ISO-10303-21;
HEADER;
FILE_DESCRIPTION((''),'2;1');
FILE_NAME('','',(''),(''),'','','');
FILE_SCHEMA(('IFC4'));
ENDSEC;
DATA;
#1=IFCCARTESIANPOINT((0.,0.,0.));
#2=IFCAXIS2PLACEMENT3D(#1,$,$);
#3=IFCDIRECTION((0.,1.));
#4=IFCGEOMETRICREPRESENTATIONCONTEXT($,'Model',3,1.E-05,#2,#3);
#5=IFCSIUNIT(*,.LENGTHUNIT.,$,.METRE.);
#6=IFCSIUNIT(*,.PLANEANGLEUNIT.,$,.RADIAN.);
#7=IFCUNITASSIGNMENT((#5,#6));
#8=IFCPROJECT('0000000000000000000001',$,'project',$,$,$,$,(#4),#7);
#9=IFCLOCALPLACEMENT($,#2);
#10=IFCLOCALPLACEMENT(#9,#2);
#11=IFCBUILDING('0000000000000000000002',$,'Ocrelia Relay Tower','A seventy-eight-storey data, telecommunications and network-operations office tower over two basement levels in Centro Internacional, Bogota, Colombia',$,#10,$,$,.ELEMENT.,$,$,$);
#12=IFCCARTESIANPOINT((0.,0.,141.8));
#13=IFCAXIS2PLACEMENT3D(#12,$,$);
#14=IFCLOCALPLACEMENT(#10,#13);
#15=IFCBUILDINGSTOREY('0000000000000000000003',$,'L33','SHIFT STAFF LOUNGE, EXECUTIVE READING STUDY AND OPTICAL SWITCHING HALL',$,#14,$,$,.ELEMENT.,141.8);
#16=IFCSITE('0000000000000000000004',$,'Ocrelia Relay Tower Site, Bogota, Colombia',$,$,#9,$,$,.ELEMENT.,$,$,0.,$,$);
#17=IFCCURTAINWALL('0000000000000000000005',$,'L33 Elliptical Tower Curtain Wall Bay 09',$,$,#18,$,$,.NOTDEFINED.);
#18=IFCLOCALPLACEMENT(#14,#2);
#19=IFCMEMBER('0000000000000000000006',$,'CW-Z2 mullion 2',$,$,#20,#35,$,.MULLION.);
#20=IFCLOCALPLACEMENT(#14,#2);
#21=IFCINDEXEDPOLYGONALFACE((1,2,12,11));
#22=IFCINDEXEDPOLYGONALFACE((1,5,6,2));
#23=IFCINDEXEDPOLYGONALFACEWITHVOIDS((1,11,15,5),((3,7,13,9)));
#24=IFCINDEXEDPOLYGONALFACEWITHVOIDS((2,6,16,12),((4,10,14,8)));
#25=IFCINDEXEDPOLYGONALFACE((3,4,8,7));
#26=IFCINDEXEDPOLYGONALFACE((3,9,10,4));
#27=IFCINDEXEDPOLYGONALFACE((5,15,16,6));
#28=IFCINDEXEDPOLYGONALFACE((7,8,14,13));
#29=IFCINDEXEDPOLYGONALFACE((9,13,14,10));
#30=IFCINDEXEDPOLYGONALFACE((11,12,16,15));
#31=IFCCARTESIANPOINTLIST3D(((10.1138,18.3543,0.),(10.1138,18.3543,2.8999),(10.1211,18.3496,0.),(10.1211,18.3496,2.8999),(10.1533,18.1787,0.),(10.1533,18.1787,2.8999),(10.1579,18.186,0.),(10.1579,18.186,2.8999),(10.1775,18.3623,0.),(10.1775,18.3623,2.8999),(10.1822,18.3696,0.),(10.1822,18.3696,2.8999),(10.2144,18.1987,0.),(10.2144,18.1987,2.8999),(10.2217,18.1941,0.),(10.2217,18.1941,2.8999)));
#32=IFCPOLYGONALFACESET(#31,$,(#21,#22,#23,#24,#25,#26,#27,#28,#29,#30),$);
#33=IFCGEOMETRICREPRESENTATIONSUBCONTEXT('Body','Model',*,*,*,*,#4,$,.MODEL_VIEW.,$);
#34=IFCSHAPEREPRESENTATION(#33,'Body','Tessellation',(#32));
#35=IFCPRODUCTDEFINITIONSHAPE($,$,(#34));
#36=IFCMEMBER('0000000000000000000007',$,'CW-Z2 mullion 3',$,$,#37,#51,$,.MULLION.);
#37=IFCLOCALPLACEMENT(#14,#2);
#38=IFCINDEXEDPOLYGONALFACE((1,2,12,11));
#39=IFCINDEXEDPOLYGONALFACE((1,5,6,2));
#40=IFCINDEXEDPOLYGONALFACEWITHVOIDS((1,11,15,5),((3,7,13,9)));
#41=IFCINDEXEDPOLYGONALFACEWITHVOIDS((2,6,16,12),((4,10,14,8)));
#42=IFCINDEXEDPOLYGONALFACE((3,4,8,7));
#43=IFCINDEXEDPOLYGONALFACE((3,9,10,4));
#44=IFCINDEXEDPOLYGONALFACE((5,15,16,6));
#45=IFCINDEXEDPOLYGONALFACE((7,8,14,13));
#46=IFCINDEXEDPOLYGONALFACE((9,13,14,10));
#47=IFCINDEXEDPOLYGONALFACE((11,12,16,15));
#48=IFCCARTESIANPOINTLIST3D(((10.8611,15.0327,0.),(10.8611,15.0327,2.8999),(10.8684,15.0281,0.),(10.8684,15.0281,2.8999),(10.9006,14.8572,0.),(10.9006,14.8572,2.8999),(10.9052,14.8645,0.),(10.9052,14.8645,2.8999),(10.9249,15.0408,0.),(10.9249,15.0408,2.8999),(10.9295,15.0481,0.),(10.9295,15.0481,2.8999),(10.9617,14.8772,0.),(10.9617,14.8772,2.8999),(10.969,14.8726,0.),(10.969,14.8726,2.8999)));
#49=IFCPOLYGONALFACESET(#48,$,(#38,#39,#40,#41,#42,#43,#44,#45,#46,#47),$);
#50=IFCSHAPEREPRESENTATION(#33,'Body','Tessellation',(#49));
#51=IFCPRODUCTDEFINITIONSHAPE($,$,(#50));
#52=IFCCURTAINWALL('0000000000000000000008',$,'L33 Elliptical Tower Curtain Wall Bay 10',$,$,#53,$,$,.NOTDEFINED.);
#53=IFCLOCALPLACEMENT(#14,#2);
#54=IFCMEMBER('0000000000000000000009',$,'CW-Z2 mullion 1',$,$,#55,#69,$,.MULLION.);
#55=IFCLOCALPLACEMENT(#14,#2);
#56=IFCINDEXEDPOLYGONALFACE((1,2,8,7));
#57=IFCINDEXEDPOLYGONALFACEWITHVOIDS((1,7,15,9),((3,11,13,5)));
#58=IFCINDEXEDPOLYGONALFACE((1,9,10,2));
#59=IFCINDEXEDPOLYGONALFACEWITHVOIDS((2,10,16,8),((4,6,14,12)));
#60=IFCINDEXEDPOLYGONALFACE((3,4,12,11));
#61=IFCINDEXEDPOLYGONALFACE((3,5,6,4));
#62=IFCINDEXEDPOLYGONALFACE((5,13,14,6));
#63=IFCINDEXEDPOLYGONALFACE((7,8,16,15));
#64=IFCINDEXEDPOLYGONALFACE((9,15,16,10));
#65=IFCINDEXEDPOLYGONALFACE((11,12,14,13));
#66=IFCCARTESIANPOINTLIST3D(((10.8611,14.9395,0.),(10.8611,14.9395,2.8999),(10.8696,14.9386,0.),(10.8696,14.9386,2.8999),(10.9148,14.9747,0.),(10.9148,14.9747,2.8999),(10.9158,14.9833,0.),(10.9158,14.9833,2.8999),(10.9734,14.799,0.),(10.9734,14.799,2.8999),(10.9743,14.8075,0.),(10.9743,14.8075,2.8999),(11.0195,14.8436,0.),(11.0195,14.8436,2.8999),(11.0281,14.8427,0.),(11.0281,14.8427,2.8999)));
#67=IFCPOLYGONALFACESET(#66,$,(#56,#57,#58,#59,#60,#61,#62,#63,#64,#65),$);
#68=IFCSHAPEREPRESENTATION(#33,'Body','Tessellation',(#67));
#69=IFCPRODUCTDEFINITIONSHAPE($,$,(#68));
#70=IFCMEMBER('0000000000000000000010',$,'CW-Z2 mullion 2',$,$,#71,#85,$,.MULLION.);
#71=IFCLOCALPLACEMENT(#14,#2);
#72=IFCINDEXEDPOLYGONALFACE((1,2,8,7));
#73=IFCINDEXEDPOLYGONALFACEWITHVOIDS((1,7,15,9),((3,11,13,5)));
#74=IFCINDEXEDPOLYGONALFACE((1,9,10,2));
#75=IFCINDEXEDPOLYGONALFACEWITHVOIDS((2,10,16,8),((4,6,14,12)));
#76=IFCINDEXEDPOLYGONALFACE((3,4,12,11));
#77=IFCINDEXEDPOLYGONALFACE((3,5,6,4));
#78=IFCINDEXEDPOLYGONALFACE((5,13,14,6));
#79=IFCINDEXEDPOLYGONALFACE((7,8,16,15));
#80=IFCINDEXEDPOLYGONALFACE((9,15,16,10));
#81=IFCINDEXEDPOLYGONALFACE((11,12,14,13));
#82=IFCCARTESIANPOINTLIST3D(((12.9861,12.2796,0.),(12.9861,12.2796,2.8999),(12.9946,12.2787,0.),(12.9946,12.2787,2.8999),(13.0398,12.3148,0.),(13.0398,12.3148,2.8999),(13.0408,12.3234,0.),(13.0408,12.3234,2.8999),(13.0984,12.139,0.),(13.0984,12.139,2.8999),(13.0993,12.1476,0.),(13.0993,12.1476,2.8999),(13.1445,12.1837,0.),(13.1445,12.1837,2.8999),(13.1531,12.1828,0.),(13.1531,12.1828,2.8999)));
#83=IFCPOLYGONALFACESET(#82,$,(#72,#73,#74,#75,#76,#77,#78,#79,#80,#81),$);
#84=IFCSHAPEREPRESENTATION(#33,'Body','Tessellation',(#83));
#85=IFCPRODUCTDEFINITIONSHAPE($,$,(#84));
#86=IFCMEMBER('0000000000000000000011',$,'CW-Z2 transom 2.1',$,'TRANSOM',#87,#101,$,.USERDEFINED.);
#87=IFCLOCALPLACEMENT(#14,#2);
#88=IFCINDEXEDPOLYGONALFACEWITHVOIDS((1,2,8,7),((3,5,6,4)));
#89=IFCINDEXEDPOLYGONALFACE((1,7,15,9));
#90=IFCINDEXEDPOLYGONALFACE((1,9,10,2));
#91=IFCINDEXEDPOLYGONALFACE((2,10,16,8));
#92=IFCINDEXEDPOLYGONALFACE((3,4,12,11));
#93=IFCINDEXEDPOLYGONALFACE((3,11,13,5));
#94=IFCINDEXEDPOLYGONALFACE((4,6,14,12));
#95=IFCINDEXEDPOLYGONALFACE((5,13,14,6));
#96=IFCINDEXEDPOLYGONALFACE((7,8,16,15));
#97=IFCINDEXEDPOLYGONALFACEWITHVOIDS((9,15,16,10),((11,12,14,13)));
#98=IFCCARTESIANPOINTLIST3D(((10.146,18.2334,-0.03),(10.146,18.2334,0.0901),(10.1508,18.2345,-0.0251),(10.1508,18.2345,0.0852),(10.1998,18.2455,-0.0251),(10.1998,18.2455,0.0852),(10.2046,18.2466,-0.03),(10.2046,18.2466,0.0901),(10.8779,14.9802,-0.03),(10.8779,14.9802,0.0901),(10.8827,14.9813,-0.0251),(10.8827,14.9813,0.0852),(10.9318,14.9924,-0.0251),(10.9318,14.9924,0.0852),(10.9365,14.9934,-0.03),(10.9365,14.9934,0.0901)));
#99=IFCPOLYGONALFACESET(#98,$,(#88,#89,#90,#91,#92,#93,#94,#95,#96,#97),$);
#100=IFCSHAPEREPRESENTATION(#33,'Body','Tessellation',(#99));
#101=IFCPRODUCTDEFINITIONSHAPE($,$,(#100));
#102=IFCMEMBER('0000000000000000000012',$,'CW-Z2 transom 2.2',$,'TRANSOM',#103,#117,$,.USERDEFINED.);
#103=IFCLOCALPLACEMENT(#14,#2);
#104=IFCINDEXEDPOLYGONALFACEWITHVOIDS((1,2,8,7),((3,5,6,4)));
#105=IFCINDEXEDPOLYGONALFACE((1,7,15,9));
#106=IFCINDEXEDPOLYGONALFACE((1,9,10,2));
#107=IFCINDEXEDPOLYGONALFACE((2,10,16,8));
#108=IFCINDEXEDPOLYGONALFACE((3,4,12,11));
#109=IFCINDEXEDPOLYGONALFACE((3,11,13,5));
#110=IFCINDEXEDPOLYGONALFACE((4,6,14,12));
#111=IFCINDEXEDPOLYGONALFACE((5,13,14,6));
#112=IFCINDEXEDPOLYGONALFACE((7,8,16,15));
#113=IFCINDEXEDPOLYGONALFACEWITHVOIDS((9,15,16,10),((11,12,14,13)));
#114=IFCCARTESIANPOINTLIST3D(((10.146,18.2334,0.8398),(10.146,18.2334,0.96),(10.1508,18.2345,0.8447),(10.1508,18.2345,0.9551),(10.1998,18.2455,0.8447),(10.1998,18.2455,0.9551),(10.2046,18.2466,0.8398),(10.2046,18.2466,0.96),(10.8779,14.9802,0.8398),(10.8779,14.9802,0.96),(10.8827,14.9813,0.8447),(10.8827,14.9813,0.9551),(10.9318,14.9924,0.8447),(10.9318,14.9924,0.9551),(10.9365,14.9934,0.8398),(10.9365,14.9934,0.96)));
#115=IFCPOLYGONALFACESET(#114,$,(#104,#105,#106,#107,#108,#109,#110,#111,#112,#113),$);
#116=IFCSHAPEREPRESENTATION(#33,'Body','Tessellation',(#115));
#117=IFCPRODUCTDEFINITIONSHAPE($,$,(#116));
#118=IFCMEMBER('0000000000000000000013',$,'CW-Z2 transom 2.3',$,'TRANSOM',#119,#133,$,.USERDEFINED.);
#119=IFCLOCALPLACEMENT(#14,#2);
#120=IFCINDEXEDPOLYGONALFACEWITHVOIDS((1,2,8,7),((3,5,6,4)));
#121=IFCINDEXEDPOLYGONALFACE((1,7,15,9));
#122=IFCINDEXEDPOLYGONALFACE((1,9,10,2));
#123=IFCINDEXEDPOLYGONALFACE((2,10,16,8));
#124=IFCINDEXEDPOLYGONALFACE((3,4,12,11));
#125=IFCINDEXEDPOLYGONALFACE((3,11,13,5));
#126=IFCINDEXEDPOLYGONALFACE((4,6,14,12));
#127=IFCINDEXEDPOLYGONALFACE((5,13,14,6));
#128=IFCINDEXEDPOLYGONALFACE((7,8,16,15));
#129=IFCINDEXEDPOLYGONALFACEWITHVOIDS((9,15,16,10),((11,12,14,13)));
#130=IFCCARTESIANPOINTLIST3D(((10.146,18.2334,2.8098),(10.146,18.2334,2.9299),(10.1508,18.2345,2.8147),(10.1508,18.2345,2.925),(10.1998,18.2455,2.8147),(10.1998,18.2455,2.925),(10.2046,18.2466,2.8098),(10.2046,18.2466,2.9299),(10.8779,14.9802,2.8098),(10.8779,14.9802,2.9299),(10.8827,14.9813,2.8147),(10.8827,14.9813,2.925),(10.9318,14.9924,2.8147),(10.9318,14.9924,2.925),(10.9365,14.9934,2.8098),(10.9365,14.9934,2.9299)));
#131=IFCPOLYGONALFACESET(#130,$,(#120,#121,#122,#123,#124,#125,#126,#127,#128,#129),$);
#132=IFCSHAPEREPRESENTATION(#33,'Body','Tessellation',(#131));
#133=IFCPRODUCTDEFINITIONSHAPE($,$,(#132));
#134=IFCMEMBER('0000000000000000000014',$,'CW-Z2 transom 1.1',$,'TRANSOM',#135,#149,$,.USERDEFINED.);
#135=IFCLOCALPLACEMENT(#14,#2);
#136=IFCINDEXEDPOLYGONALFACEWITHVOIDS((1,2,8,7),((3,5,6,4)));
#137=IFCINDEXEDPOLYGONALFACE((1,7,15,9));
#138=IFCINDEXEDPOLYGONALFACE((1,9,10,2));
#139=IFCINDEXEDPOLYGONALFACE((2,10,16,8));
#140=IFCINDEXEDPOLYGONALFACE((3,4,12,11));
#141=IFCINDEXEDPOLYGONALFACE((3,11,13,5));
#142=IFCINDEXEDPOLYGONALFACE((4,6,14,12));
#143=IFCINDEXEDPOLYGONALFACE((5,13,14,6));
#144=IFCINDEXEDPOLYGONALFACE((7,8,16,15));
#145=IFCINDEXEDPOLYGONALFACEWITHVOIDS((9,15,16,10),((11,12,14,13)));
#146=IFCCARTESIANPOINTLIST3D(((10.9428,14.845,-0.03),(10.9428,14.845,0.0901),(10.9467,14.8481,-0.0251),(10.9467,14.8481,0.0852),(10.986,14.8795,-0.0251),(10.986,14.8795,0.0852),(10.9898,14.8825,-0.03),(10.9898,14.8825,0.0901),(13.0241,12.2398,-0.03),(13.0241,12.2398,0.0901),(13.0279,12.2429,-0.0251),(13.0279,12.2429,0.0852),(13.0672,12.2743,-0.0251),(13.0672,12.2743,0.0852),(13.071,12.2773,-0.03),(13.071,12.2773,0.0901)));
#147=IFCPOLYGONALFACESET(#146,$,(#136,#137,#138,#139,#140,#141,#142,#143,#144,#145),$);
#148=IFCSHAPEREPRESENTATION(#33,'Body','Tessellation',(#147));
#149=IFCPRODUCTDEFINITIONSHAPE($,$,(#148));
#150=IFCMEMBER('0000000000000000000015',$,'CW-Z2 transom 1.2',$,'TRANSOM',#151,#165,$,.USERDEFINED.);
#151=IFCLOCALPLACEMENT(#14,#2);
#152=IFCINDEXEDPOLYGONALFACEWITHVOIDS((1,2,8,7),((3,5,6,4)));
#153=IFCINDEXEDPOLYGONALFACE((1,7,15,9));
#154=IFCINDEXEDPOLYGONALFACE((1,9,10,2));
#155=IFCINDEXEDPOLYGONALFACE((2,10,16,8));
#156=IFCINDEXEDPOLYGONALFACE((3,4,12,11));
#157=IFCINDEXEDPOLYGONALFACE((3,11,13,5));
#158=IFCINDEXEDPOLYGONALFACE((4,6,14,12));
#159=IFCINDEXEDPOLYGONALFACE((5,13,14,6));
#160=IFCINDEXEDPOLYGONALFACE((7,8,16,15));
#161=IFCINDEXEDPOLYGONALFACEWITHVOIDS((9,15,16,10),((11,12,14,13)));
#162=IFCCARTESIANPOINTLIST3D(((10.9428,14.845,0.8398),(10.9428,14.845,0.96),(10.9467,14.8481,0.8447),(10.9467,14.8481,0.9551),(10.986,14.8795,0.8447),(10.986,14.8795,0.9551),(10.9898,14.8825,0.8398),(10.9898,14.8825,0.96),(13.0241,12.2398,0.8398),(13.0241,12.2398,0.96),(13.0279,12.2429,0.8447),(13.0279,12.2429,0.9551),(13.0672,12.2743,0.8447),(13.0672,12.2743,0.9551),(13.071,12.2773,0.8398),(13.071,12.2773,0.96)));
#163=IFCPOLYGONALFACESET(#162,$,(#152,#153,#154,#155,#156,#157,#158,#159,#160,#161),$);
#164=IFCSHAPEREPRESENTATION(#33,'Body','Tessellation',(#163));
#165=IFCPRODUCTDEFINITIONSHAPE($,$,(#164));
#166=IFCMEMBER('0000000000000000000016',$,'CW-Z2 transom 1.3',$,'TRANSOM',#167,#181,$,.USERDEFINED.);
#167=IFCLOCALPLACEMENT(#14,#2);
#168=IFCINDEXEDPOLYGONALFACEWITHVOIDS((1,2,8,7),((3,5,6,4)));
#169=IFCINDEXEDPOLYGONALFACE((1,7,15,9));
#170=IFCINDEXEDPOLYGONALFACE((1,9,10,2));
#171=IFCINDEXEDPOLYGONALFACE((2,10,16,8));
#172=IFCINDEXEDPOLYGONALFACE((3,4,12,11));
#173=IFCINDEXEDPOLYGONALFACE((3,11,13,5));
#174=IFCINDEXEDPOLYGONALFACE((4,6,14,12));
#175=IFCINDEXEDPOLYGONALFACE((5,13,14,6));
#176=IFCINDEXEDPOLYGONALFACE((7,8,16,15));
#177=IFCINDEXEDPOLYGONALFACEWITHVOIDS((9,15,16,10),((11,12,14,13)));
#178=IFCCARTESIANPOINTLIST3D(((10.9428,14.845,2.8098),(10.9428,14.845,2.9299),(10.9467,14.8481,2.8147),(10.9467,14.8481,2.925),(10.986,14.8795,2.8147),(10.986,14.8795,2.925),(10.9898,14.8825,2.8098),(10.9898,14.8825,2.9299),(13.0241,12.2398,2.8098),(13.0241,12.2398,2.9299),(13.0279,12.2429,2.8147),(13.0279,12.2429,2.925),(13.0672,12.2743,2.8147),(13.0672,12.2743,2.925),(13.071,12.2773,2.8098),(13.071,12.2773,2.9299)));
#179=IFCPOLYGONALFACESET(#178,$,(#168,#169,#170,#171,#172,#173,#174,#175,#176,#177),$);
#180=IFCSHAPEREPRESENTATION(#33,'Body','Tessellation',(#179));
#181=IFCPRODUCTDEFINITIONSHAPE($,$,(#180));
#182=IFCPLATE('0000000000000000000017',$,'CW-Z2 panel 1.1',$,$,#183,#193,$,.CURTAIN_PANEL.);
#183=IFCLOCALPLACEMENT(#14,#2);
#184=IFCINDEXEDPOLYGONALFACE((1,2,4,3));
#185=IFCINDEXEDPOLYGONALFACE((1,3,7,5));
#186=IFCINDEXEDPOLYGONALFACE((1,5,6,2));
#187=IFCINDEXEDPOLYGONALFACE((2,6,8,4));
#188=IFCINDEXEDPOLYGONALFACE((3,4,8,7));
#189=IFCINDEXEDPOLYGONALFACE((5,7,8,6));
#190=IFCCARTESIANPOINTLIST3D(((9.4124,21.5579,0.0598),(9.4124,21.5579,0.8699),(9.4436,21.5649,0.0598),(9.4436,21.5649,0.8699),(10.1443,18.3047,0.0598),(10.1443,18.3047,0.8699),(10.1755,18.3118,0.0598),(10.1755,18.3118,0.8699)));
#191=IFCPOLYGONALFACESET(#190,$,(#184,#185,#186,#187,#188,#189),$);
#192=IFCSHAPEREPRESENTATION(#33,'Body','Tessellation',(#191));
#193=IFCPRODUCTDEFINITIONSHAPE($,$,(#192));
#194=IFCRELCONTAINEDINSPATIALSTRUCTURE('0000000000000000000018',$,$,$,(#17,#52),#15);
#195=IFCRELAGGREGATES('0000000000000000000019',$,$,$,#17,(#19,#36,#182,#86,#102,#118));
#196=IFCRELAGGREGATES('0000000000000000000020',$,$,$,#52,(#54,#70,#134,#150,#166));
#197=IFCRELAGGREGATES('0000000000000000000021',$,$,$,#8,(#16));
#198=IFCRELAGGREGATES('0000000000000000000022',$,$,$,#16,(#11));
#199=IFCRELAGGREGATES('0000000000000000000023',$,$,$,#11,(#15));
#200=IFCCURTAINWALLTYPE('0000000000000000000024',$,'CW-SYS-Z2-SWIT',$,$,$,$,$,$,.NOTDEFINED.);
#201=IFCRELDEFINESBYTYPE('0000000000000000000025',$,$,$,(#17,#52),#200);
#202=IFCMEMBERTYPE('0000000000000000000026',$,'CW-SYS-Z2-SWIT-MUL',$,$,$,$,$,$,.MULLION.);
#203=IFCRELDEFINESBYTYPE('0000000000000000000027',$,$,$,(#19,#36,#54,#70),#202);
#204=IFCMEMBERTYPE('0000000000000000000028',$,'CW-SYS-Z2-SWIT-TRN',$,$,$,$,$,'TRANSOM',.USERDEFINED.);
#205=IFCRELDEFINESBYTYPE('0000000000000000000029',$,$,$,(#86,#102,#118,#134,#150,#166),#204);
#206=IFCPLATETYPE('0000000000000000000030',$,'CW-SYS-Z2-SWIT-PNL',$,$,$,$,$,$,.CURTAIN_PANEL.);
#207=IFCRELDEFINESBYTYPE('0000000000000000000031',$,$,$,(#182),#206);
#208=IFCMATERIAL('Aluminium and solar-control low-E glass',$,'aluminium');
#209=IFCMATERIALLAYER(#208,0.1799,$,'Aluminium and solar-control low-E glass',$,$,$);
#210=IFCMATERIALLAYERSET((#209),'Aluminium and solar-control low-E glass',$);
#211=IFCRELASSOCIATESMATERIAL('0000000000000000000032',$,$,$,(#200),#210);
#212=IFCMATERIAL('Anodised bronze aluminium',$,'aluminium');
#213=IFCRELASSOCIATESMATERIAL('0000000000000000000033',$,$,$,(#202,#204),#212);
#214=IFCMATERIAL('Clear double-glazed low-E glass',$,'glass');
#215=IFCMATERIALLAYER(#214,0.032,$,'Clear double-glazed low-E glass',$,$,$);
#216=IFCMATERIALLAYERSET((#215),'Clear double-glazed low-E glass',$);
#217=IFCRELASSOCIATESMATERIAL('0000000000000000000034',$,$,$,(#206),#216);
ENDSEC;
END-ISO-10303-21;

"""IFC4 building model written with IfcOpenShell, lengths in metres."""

from ifc_helpers import new_model, si_unit, direction, frame, origin, origin_2d, place, context, subcontext, project, spatial, rectangle, hollow_rectangle, extrude, material, layer, layer_set, material_profile, profile_set, type_object, element, aggregate, save


model = new_model("IFC4")

# Units and contexts
model_context = context("Model", 3, precision=1e-05, world=origin(), true_north=direction((0.0, 1.0)))
body_context = subcontext(model_context, "Body", "Model", "MODEL_VIEW")
ifc_project = project(units=[si_unit("LENGTHUNIT", "METRE"), si_unit("PLANEANGLEUNIT", "RADIAN")], contexts=[model_context])

# Site, building, storey
site_placement = place(None, origin())
site = spatial("IfcSite", under=ifc_project, at=site_placement, Name="Ocrelia Relay Tower Site, Bogota, Colombia", CompositionType="ELEMENT", RefElevation=0.0)
building_placement = place(site_placement, origin())
building = spatial("IfcBuilding", under=site, at=building_placement, Name="Ocrelia Relay Tower", Description="A seventy-eight-storey data, telecommunications and network-operations office tower over two basement levels in Centro Internacional, Bogota, Colombia", CompositionType="ELEMENT")
storey_placement = place(building_placement, frame((0.0, 0.0, 141.8)))
storey = spatial("IfcBuildingStorey", under=building, at=storey_placement, Name="L33", Description="SHIFT STAFF LOUNGE, EXECUTIVE READING STUDY AND OPTICAL SWITCHING HALL", CompositionType="ELEMENT", Elevation=141.8)

# Curtain walls, members
ifc_material_1 = material(Name="Aluminium and solar-control low-E glass", Category="aluminium")
ifc_layer_1 = layer(ifc_material_1, 0.1799, Name="Aluminium and solar-control low-E glass")
ifc_layer_set_1 = layer_set([ifc_layer_1], Name="Aluminium and solar-control low-E glass")
curtain_wall_type = type_object("IfcCurtainWallType", Name="CW-SYS-Z2-SWIT", PredefinedType="NOTDEFINED", material=ifc_layer_set_1)
curtain_wall_1_placement = place(storey_placement, origin())
curtain_wall_1 = element("IfcCurtainWall", 1, at=curtain_wall_1_placement, inside=storey, type_object=curtain_wall_type, Name="L33 Elliptical Tower Curtain Wall Bay 09", PredefinedType="NOTDEFINED")
ifc_material_2 = material(Name="Anodised bronze aluminium", Category="aluminium")
ifc_material_profile_1 = material_profile(ifc_material_2, hollow_rectangle(XDim=0.0701, YDim=0.1799, WallThickness=0.0061, at=origin_2d()), Name="CW-MUL-180x70")
ifc_profile_set_1 = profile_set([ifc_material_profile_1], Name="Anodised bronze aluminium")
member_type_1 = type_object("IfcMemberType", Name="CW-SYS-Z2-SWIT-MUL", PredefinedType="MULLION", material=ifc_profile_set_1)
member_1_placement = place(storey_placement, frame((10.1677, 18.2742, 0.0), z_axis=(0.0, 0.0, 1.0), x_axis=(0.975611, 0.219506, 0.0)))
member_1 = element("IfcMember", 2, at=member_1_placement, type_object=member_type_1, Name="CW-Z2 mullion 2", PredefinedType="MULLION", context=body_context, shape_type="SweptSolid", body=[
    extrude(hollow_rectangle(XDim=0.0701, YDim=0.1799, WallThickness=0.0061, at=origin_2d()), origin(), (0.0, 0.0, 1.0), 2.8999),
])
member_2_placement = place(storey_placement, frame((10.915, 14.9526, 0.0), z_axis=(0.0, 0.0, 1.0), x_axis=(0.975611, 0.219506, 0.0)))
member_2 = element("IfcMember", 3, at=member_2_placement, type_object=member_type_1, Name="CW-Z2 mullion 3", PredefinedType="MULLION", context=body_context, shape_type="SweptSolid", body=[
    extrude(hollow_rectangle(XDim=0.0701, YDim=0.1799, WallThickness=0.0061, at=origin_2d()), origin(), (0.0, 0.0, 1.0), 2.8999),
])
curtain_wall_2_placement = place(storey_placement, origin())
curtain_wall_2 = element("IfcCurtainWall", 4, at=curtain_wall_2_placement, inside=storey, type_object=curtain_wall_type, Name="L33 Elliptical Tower Curtain Wall Bay 10", PredefinedType="NOTDEFINED")
member_3_placement = place(storey_placement, frame((10.9446, 14.8911, 0.0), z_axis=(0.0, 0.0, 1.0), x_axis=(0.781305, 0.624149, 0.0)))
member_3 = element("IfcMember", 5, at=member_3_placement, type_object=member_type_1, Name="CW-Z2 mullion 1", PredefinedType="MULLION", context=body_context, shape_type="SweptSolid", body=[
    extrude(hollow_rectangle(XDim=0.0701, YDim=0.1799, WallThickness=0.0061, at=origin_2d()), origin(), (0.0, 0.0, 1.0), 2.8999),
])
member_4_placement = place(storey_placement, frame((13.0696, 12.2312, 0.0), z_axis=(0.0, 0.0, 1.0), x_axis=(0.781305, 0.624149, 0.0)))
member_4 = element("IfcMember", 6, at=member_4_placement, type_object=member_type_1, Name="CW-Z2 mullion 2", PredefinedType="MULLION", context=body_context, shape_type="SweptSolid", body=[
    extrude(hollow_rectangle(XDim=0.0701, YDim=0.1799, WallThickness=0.0061, at=origin_2d()), origin(), (0.0, 0.0, 1.0), 2.8999),
])

# Members
ifc_material_profile_2 = material_profile(ifc_material_2, hollow_rectangle(XDim=0.0601, YDim=0.1201, WallThickness=0.0049, at=origin_2d()), Name="CW-TRN-120x60")
ifc_profile_set_2 = profile_set([ifc_material_profile_2], Name="Anodised bronze aluminium")
member_type_2 = type_object("IfcMemberType", Name="CW-SYS-Z2-SWIT-TRN", ElementType="TRANSOM", PredefinedType="USERDEFINED", material=ifc_profile_set_2)
member_5_placement = place(storey_placement, frame((10.1753, 18.24, 0.03), z_axis=(0.219503, -0.975612, 0.0), x_axis=(0.975612, 0.219503, 0.0)))
member_5 = element("IfcMember", 7, at=member_5_placement, type_object=member_type_2, Name="CW-Z2 transom 2.1", ObjectType="TRANSOM", PredefinedType="USERDEFINED", context=body_context, shape_type="SweptSolid", body=[
    extrude(hollow_rectangle(XDim=0.0601, YDim=0.1201, WallThickness=0.0049, at=origin_2d()), origin(), (0.0, 0.0, 1.0), 3.3345),
])
member_6_placement = place(storey_placement, frame((10.1753, 18.24, 0.8999), z_axis=(0.219503, -0.975612, 0.0), x_axis=(0.975612, 0.219503, 0.0)))
member_6 = element("IfcMember", 8, at=member_6_placement, type_object=member_type_2, Name="CW-Z2 transom 2.2", ObjectType="TRANSOM", PredefinedType="USERDEFINED", context=body_context, shape_type="SweptSolid", body=[
    extrude(hollow_rectangle(XDim=0.0601, YDim=0.1201, WallThickness=0.0049, at=origin_2d()), origin(), (0.0, 0.0, 1.0), 3.3345),
])
member_7_placement = place(storey_placement, frame((10.1753, 18.24, 2.8699), z_axis=(0.219503, -0.975612, 0.0), x_axis=(0.975612, 0.219503, 0.0)))
member_7 = element("IfcMember", 9, at=member_7_placement, type_object=member_type_2, Name="CW-Z2 transom 2.3", ObjectType="TRANSOM", PredefinedType="USERDEFINED", context=body_context, shape_type="SweptSolid", body=[
    extrude(hollow_rectangle(XDim=0.0601, YDim=0.1201, WallThickness=0.0049, at=origin_2d()), origin(), (0.0, 0.0, 1.0), 3.3345),
])
member_8_placement = place(storey_placement, frame((10.9663, 14.8638, 0.03), z_axis=(0.624168, -0.78129, 0.0), x_axis=(0.78129, 0.624168, 0.0)))
member_8 = element("IfcMember", 10, at=member_8_placement, type_object=member_type_2, Name="CW-Z2 transom 1.1", ObjectType="TRANSOM", PredefinedType="USERDEFINED", context=body_context, shape_type="SweptSolid", body=[
    extrude(hollow_rectangle(XDim=0.0601, YDim=0.1201, WallThickness=0.0049, at=origin_2d()), origin(), (0.0, 0.0, 1.0), 3.3345),
])
member_9_placement = place(storey_placement, frame((10.9663, 14.8638, 0.8999), z_axis=(0.624168, -0.78129, 0.0), x_axis=(0.78129, 0.624168, 0.0)))
member_9 = element("IfcMember", 11, at=member_9_placement, type_object=member_type_2, Name="CW-Z2 transom 1.2", ObjectType="TRANSOM", PredefinedType="USERDEFINED", context=body_context, shape_type="SweptSolid", body=[
    extrude(hollow_rectangle(XDim=0.0601, YDim=0.1201, WallThickness=0.0049, at=origin_2d()), origin(), (0.0, 0.0, 1.0), 3.3345),
])
member_10_placement = place(storey_placement, frame((10.9663, 14.8638, 2.8699), z_axis=(0.624168, -0.78129, 0.0), x_axis=(0.78129, 0.624168, 0.0)))
member_10 = element("IfcMember", 12, at=member_10_placement, type_object=member_type_2, Name="CW-Z2 transom 1.3", ObjectType="TRANSOM", PredefinedType="USERDEFINED", context=body_context, shape_type="SweptSolid", body=[
    extrude(hollow_rectangle(XDim=0.0601, YDim=0.1201, WallThickness=0.0049, at=origin_2d()), origin(), (0.0, 0.0, 1.0), 3.3345),
])

# Plate
ifc_material_3 = material(Name="Clear double-glazed low-E glass", Category="glass")
ifc_layer_2 = layer(ifc_material_3, 0.032, Name="Clear double-glazed low-E glass")
ifc_layer_set_2 = layer_set([ifc_layer_2], Name="Clear double-glazed low-E glass")
plate_type = type_object("IfcPlateType", Name="CW-SYS-Z2-SWIT-PNL", PredefinedType="CURTAIN_PANEL", material=ifc_layer_set_2)
plate_1_placement = place(storey_placement, frame((9.7939, 19.9348, 0.0598), z_axis=(0.0, 0.0, 1.0), x_axis=(0.219506, -0.975611, 0.0)))
plate_1 = element("IfcPlate", 13, at=plate_1_placement, type_object=plate_type, Name="CW-Z2 panel 1.1", PredefinedType="CURTAIN_PANEL", context=body_context, shape_type="SweptSolid", body=[
    extrude(rectangle(XDim=3.3345, YDim=0.032, at=origin_2d()), origin(), (0.0, 0.0, 1.0), 0.8101),
])
aggregate(curtain_wall_1, [member_1, member_2, plate_1, member_5, member_6, member_7])
aggregate(curtain_wall_2, [member_3, member_4, member_8, member_9, member_10])

save(model, "model.ifc")
